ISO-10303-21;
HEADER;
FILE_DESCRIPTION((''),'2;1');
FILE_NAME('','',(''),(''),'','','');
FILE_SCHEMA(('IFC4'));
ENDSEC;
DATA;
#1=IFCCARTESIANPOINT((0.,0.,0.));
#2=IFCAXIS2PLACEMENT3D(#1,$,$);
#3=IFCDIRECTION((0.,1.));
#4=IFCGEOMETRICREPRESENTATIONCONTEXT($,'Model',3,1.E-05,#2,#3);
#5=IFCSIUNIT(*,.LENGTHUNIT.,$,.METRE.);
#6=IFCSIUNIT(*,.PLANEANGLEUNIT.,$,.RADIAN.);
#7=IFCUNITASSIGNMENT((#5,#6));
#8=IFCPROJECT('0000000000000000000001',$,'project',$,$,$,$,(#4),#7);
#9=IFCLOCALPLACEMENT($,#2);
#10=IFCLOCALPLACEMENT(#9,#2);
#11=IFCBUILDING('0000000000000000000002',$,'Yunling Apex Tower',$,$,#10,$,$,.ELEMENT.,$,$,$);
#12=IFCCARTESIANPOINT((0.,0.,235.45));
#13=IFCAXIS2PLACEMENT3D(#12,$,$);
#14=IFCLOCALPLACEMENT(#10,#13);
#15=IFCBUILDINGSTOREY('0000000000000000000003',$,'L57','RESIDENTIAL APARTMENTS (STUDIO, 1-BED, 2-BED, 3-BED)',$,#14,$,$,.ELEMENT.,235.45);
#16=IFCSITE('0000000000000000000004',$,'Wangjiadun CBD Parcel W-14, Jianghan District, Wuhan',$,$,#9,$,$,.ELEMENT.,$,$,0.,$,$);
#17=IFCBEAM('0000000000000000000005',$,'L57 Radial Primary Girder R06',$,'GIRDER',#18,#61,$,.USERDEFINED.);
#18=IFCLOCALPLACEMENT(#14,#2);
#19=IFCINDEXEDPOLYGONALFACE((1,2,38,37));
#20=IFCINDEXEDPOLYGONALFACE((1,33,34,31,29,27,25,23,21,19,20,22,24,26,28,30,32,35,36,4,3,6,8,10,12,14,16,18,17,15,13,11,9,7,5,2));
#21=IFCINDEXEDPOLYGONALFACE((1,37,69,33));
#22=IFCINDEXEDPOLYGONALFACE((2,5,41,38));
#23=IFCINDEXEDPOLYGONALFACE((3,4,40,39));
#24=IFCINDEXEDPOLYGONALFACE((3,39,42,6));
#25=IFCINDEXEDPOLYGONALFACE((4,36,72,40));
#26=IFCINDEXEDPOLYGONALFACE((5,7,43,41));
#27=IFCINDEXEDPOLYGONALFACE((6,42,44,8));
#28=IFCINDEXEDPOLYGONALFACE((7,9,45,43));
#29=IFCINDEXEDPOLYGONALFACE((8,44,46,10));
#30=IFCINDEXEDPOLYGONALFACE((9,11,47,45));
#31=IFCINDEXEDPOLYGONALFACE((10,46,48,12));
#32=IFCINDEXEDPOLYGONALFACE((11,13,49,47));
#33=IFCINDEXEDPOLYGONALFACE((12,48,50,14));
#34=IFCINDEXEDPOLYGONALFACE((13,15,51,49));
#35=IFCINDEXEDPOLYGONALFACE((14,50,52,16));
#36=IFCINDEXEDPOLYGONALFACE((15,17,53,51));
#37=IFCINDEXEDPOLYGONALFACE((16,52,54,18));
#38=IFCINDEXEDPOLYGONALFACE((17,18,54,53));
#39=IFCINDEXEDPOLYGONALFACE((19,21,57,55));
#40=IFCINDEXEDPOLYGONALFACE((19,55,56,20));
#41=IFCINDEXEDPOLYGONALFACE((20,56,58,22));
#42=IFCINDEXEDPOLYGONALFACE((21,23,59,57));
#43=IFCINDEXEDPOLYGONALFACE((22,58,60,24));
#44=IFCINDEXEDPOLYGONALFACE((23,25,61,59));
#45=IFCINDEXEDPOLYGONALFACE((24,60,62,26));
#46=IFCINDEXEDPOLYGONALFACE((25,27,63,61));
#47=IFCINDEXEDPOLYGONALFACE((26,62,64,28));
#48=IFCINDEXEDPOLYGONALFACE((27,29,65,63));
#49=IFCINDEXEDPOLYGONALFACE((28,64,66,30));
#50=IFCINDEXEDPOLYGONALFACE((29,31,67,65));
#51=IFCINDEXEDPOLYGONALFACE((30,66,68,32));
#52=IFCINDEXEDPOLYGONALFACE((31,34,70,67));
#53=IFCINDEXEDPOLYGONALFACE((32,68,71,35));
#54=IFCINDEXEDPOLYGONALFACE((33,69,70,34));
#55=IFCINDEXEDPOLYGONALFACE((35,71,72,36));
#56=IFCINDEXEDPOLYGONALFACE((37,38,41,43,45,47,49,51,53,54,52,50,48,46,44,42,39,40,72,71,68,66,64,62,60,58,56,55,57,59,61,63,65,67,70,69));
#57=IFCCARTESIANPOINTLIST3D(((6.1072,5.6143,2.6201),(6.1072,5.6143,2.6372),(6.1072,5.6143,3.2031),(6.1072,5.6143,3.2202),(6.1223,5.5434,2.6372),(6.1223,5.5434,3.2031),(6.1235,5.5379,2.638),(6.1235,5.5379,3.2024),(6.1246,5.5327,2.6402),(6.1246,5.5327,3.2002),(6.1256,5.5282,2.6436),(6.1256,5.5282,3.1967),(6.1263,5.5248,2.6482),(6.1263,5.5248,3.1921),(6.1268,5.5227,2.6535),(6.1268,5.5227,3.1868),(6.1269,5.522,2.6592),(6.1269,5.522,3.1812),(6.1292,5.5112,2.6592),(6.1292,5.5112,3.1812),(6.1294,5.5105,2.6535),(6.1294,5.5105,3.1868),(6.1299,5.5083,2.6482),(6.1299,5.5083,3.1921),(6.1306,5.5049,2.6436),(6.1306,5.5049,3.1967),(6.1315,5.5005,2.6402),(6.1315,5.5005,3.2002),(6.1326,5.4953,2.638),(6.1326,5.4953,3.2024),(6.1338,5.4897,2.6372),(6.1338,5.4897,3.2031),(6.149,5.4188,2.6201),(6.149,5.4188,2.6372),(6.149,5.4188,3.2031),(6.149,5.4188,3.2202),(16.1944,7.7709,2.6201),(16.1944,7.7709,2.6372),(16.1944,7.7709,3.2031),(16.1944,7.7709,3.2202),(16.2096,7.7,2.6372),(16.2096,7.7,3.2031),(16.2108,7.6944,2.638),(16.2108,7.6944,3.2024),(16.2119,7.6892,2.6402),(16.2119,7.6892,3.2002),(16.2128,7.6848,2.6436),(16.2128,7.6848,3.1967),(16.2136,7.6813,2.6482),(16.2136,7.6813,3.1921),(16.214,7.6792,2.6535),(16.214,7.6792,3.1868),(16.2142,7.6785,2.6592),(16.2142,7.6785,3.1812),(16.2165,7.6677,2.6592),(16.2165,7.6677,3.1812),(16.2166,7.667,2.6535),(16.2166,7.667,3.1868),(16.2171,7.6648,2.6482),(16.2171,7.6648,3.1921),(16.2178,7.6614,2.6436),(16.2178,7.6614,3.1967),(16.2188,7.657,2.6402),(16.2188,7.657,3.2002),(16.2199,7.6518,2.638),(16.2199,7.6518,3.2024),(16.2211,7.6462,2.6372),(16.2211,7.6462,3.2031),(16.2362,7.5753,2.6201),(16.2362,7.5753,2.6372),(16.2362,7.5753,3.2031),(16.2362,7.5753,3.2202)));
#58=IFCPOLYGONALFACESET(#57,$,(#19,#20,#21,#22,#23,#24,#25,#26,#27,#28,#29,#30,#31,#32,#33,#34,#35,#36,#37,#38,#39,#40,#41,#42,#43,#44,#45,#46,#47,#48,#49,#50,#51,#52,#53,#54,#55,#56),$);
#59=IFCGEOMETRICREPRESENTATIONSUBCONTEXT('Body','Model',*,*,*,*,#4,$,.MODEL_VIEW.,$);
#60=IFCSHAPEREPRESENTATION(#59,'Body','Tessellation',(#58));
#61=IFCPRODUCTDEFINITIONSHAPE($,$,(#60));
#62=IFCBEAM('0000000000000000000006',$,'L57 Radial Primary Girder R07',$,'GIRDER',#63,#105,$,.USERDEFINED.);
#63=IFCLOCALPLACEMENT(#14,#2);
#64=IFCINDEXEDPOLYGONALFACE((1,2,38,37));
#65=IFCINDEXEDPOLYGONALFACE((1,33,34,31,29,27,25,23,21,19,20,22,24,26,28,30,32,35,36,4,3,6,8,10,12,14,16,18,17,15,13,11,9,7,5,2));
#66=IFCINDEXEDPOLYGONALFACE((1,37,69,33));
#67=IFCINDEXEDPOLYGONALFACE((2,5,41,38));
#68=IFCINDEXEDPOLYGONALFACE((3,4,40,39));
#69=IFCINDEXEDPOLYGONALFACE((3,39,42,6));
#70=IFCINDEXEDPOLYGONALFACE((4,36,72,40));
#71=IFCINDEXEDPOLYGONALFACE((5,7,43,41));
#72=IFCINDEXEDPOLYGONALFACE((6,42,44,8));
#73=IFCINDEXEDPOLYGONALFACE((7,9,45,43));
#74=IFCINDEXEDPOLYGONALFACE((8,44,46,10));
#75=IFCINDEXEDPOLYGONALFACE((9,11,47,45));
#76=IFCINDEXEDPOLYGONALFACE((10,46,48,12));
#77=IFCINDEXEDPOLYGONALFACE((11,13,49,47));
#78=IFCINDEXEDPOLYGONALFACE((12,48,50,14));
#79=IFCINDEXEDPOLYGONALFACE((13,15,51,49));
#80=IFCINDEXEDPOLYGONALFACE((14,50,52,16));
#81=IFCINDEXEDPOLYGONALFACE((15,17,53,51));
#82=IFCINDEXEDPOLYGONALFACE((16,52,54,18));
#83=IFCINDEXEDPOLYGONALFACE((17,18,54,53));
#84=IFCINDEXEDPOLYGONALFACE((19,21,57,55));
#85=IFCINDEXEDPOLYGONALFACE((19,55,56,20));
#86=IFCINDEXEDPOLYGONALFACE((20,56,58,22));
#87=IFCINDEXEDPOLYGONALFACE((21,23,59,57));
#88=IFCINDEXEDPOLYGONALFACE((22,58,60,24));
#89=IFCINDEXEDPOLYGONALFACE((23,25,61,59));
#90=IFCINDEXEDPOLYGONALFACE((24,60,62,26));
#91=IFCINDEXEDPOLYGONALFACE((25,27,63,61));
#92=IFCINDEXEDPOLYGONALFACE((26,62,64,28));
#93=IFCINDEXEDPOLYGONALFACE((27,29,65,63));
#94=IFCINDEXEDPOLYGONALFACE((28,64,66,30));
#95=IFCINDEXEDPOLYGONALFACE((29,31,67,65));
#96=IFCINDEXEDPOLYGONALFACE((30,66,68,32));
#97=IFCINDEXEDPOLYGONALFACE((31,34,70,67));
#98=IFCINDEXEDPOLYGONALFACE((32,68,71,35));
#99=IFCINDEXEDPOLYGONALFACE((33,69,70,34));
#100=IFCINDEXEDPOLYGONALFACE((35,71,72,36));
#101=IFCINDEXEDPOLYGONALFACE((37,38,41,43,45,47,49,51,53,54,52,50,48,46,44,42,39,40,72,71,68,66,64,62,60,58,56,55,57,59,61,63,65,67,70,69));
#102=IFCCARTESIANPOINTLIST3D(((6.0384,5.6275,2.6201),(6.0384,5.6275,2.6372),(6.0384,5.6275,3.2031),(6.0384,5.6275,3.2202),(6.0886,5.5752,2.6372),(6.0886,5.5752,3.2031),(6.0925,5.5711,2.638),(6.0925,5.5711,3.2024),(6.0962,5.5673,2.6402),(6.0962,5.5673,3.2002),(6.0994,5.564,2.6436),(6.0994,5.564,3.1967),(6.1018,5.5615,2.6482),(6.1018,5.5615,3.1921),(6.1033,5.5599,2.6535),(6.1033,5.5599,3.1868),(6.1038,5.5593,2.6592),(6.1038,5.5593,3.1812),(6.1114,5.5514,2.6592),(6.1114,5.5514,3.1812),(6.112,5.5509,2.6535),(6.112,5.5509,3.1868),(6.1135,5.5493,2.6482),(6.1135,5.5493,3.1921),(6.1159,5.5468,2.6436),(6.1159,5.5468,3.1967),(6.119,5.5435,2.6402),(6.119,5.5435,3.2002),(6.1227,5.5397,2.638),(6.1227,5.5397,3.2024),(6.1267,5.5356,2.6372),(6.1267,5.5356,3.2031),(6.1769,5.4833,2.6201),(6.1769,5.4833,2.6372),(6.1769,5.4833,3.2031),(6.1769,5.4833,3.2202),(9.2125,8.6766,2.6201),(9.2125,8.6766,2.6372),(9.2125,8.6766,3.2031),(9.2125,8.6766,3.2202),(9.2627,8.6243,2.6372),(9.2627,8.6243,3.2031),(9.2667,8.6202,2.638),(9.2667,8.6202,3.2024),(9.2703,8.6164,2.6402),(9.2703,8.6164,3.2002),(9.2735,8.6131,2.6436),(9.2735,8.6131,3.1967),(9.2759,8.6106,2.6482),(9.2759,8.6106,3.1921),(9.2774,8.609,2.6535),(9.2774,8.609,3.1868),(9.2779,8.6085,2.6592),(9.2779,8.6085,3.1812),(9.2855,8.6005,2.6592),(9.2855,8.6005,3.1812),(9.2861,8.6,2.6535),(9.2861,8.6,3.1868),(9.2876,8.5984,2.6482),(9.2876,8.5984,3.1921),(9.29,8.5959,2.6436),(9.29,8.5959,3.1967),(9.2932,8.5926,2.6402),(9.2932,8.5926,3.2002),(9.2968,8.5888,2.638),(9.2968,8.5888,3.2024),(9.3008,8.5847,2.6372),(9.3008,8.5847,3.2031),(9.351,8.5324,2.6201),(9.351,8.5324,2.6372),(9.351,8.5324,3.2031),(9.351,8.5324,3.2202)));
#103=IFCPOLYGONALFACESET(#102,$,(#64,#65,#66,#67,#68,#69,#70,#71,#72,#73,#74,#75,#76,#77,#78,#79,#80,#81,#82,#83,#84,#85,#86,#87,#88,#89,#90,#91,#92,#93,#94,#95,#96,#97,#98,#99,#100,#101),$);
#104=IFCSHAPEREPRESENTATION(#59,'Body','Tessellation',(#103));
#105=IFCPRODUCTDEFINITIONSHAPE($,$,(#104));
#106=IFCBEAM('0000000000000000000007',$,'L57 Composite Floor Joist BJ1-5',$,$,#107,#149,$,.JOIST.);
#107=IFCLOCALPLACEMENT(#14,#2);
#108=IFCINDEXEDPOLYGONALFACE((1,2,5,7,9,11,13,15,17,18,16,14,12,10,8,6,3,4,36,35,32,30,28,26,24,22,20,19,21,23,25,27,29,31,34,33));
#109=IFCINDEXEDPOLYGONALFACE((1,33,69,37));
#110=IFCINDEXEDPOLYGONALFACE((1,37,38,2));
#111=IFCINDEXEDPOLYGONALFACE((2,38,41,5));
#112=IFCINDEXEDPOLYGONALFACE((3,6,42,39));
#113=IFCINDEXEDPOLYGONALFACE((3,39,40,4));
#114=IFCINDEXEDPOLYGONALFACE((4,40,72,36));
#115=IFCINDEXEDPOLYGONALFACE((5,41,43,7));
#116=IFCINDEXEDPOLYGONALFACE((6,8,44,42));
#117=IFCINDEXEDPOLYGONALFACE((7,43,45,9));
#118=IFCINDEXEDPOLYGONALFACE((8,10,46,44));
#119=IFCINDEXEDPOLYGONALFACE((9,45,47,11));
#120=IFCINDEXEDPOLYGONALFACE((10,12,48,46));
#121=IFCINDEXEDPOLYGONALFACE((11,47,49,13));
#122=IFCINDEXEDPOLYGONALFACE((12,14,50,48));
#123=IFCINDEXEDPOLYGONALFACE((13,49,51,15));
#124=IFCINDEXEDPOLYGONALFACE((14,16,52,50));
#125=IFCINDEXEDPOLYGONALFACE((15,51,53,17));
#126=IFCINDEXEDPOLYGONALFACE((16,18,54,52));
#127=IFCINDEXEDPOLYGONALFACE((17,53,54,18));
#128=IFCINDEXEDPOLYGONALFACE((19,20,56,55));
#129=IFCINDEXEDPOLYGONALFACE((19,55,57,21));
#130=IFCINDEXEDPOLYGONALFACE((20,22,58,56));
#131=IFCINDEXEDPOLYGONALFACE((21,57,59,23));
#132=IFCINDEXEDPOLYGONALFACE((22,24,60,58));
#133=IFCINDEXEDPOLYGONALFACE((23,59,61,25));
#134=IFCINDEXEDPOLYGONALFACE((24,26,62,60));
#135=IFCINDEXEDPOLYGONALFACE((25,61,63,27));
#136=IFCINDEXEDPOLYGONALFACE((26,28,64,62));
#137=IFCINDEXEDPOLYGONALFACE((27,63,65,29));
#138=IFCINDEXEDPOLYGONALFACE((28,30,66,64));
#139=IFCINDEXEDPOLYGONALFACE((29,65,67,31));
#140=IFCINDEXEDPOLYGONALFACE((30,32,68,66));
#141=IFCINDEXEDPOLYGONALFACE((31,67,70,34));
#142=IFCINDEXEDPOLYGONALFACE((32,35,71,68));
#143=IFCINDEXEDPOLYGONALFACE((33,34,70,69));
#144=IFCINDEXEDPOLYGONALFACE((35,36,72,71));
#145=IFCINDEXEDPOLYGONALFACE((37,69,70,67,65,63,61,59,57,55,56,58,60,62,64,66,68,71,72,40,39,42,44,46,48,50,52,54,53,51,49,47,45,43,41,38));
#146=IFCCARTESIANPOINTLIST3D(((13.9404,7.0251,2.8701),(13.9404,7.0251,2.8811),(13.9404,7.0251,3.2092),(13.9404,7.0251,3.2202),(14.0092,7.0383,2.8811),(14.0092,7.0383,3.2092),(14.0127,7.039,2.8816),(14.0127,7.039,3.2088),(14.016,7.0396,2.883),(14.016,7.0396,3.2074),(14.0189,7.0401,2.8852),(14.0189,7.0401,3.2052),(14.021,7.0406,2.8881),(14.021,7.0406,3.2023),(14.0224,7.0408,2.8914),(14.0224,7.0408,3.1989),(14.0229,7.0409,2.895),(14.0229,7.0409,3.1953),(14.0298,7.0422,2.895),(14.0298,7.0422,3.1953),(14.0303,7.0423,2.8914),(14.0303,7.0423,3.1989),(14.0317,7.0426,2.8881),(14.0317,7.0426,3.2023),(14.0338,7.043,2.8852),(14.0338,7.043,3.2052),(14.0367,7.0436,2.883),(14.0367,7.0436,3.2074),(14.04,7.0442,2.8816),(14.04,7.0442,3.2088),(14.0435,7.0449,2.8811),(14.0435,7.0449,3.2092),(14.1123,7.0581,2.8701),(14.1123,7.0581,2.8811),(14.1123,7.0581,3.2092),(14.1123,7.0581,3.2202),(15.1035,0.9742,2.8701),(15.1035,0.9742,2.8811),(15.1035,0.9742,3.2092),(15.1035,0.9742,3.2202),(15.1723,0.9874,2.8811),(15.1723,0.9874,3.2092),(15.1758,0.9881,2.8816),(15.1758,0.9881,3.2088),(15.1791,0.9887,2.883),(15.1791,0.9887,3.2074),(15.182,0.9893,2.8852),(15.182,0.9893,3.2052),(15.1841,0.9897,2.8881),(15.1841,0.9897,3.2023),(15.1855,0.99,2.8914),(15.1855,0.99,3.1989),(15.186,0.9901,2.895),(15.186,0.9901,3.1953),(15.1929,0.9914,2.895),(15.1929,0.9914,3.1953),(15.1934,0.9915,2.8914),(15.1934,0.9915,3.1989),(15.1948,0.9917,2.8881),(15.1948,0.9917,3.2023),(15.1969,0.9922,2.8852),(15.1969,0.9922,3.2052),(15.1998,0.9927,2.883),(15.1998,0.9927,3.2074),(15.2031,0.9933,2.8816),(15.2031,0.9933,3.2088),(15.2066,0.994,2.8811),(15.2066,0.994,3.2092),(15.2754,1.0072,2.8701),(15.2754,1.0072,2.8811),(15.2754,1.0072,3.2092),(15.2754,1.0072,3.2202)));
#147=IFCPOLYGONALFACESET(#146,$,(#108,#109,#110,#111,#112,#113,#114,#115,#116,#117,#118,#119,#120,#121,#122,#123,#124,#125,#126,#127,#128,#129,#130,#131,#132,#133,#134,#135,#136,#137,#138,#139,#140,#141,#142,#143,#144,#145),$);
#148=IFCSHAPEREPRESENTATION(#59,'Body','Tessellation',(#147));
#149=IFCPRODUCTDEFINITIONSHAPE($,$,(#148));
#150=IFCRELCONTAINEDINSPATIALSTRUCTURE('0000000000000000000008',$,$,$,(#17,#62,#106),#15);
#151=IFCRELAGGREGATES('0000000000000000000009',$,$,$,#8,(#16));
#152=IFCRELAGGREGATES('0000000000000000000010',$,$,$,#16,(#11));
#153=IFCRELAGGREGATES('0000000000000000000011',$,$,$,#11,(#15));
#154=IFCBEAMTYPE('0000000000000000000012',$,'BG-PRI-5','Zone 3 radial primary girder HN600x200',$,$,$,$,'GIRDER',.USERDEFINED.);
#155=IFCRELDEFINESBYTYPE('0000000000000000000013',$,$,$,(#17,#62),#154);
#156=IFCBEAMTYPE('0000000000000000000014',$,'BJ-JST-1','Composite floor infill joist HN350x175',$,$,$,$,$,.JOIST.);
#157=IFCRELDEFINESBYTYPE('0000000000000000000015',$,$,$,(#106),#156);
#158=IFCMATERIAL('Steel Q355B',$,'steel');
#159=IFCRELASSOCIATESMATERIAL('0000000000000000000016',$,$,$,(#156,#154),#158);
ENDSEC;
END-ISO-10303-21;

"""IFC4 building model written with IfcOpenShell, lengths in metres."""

from ifc_helpers import new_model, si_unit, direction, frame, origin, origin_2d, place, context, subcontext, project, spatial, i_section, extrude, source, transform, mapped, material, material_profile, profile_set, type_object, element, save


model = new_model("IFC4")

# Units and contexts
model_context = context("Model", 3, precision=1e-05, world=origin(), true_north=direction((0.0, 1.0)))
body_context = subcontext(model_context, "Body", "Model", "MODEL_VIEW")
ifc_project = project(units=[si_unit("LENGTHUNIT", "METRE"), si_unit("PLANEANGLEUNIT", "RADIAN")], contexts=[model_context])

# Site, building, storey
site_placement = place(None, origin())
site = spatial("IfcSite", under=ifc_project, at=site_placement, Name="Wangjiadun CBD Parcel W-14, Jianghan District, Wuhan", CompositionType="ELEMENT", RefElevation=0.0)
building_placement = place(site_placement, origin())
building = spatial("IfcBuilding", under=site, at=building_placement, Name="Yunling Apex Tower", CompositionType="ELEMENT")
storey_placement = place(building_placement, frame((0.0, 0.0, 235.45)))
storey = spatial("IfcBuildingStorey", under=building, at=storey_placement, Name="L57", Description="RESIDENTIAL APARTMENTS (STUDIO, 1-BED, 2-BED, 3-BED)", CompositionType="ELEMENT", Elevation=235.45)

# Beams
ifc_material_1 = material(Name="Steel Q355B", Category="steel")
ifc_material_profile_1 = material_profile(ifc_material_1, i_section(OverallWidth=0.175, OverallDepth=0.3501, WebThickness=0.0071, FlangeThickness=0.011, FilletRadius=0.0139, at=origin_2d()))
ifc_profile_set_1 = profile_set([ifc_material_profile_1], Name="Steel Q355B")
beam_type_1 = type_object("IfcBeamType", Name="BJ-JST-1", Description="Composite floor infill joist HN350x175", PredefinedType="JOIST", material=ifc_profile_set_1)
ifc_material_profile_2 = material_profile(ifc_material_1, i_section(OverallWidth=0.2, OverallDepth=0.6001, WebThickness=0.011, FlangeThickness=0.0171, FilletRadius=0.022, at=origin_2d()))
ifc_profile_set_2 = profile_set([ifc_material_profile_2], Name="Steel Q355B")
beam_type_2 = type_object("IfcBeamType", Name="BG-PRI-5", Description="Zone 3 radial primary girder HN600x200", ElementType="GIRDER", PredefinedType="USERDEFINED", material=ifc_profile_set_2)
shared_shape_1 = source(origin(), body_context, "Body", "SweptSolid", [
    extrude(i_section(OverallWidth=0.2, OverallDepth=0.6001, WebThickness=0.011, FlangeThickness=0.0171, FilletRadius=0.022, at=origin_2d()), origin(), (0.0, 0.0, 1.0), 10.3152),
])
beam_1_placement = place(storey_placement, frame((16.2153, 7.6731, 2.9202), z_axis=(-0.977902, -0.209062, 0.0), x_axis=(0.209062, -0.977902, 0.0)))
element("IfcBeam", 1, at=beam_1_placement, inside=storey, type_object=beam_type_2, Name="L57 Radial Primary Girder R06", ObjectType="GIRDER", PredefinedType="USERDEFINED", context=body_context, shape_type="MappedRepresentation", body=[
    mapped(shared_shape_1, transform((0.0, 0.0, 0.0), scale=1.0)),
])
shared_shape_2 = source(origin(), body_context, "Body", "SweptSolid", [
    extrude(i_section(OverallWidth=0.2, OverallDepth=0.6001, WebThickness=0.011, FlangeThickness=0.0171, FilletRadius=0.022, at=origin_2d()), origin(), (0.0, 0.0, 1.0), 4.4014),
])
beam_2_placement = place(storey_placement, frame((9.2817, 8.6045, 2.9202), z_axis=(-0.721164, -0.692764, 0.0), x_axis=(0.692764, -0.721164, 0.0)))
element("IfcBeam", 2, at=beam_2_placement, inside=storey, type_object=beam_type_2, Name="L57 Radial Primary Girder R07", ObjectType="GIRDER", PredefinedType="USERDEFINED", context=body_context, shape_type="MappedRepresentation", body=[
    mapped(shared_shape_2, transform((0.0, 0.0, 0.0), scale=1.0)),
])
shared_shape_3 = source(origin(), body_context, "Body", "SweptSolid", [
    extrude(i_section(OverallWidth=0.175, OverallDepth=0.3501, WebThickness=0.0071, FlangeThickness=0.011, FilletRadius=0.0139, at=origin_2d()), origin(), (0.0, 0.0, 1.0), 6.1616),
])
beam_3_placement = place(storey_placement, frame((15.1895, 0.9907, 3.0452), z_axis=(-0.188765, 0.982022, 0.0), x_axis=(-0.982022, -0.188765, 0.0)))
element("IfcBeam", 3, at=beam_3_placement, inside=storey, type_object=beam_type_1, Name="L57 Composite Floor Joist BJ1-5", PredefinedType="JOIST", context=body_context, shape_type="MappedRepresentation", body=[
    mapped(shared_shape_3, transform((0.0, 0.0, 0.0), scale=1.0)),
])

save(model, "model.ifc")
